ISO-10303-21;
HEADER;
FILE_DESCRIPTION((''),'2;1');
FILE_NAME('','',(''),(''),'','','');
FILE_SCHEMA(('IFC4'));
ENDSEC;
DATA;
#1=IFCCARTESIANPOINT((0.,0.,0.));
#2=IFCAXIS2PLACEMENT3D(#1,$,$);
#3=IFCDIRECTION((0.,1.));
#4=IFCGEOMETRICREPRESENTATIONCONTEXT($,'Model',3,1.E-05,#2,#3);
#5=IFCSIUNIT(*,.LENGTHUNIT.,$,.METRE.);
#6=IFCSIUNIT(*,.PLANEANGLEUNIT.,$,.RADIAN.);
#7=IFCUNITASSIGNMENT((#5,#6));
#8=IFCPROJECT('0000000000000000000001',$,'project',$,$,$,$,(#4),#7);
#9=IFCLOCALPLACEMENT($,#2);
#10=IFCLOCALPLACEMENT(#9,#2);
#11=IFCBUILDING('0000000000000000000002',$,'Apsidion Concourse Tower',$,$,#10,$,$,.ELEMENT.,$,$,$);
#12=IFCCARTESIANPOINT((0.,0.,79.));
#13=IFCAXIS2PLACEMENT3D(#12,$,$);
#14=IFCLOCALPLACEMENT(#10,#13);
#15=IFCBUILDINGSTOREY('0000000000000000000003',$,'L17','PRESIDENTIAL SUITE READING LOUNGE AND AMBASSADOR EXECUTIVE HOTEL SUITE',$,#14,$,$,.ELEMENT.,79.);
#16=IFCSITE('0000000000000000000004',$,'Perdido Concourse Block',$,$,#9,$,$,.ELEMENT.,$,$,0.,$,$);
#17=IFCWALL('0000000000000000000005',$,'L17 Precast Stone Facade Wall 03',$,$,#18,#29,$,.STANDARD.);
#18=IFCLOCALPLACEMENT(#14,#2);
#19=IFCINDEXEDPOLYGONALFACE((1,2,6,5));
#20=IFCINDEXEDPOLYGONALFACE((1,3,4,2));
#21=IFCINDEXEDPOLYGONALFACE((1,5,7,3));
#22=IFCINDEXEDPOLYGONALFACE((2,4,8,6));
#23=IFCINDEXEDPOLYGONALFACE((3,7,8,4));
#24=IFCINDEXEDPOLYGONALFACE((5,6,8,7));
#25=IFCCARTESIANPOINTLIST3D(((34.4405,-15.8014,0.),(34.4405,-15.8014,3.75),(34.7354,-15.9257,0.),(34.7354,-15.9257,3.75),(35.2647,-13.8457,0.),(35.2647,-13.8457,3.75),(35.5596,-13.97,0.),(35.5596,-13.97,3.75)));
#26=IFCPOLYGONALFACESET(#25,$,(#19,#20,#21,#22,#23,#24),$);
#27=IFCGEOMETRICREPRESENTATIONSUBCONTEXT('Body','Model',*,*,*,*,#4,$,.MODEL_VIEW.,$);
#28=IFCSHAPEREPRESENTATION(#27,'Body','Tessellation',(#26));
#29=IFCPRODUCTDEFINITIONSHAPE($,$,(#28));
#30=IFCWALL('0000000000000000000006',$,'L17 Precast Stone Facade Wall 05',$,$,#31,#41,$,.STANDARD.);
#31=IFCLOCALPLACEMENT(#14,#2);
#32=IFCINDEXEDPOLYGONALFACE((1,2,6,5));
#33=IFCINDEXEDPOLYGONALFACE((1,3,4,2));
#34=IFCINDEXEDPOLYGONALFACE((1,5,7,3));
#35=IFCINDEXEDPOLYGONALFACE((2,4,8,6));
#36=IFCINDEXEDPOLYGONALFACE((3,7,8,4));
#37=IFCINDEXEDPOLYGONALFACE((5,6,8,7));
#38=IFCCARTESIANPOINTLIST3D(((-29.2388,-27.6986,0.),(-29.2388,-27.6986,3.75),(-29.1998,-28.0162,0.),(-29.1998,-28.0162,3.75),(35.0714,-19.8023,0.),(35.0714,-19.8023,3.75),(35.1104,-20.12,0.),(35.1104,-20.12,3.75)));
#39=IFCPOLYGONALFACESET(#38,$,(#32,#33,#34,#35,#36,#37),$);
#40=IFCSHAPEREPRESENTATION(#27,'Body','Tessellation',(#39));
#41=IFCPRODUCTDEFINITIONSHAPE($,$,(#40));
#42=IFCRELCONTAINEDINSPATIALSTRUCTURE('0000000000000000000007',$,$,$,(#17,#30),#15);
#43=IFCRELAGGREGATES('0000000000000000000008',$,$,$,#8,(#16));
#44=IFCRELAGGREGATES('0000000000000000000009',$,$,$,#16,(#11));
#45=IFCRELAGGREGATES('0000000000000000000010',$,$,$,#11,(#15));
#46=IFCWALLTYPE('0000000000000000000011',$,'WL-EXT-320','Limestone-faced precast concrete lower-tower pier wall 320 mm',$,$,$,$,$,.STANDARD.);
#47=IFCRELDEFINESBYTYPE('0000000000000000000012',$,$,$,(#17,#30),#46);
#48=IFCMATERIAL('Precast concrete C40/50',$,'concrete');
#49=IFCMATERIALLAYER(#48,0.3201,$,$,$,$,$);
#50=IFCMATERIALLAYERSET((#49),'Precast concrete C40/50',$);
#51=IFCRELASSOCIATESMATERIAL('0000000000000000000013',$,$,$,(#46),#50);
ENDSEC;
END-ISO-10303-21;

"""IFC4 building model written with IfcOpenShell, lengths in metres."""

from ifc_helpers import new_model, si_unit, direction, frame, frame_2d, origin, place, context, subcontext, project, spatial, rectangle, extrude, material, layer, layer_set, type_object, element, save


model = new_model("IFC4")

# Units and contexts
model_context = context("Model", 3, precision=1e-05, world=origin(), true_north=direction((0.0, 1.0)))
body_context = subcontext(model_context, "Body", "Model", "MODEL_VIEW")
ifc_project = project(units=[si_unit("LENGTHUNIT", "METRE"), si_unit("PLANEANGLEUNIT", "RADIAN")], contexts=[model_context])

# Site, building, storey
site_placement = place(None, origin())
site = spatial("IfcSite", under=ifc_project, at=site_placement, Name="Perdido Concourse Block", CompositionType="ELEMENT", RefElevation=0.0)
building_placement = place(site_placement, origin())
building = spatial("IfcBuilding", under=site, at=building_placement, Name="Apsidion Concourse Tower", CompositionType="ELEMENT")
storey_placement = place(building_placement, frame((0.0, 0.0, 79.0)))
storey = spatial("IfcBuildingStorey", under=building, at=storey_placement, Name="L17", Description="PRESIDENTIAL SUITE READING LOUNGE AND AMBASSADOR EXECUTIVE HOTEL SUITE", CompositionType="ELEMENT", Elevation=79.0)

# Walls
ifc_material_1 = material(Name="Precast concrete C40/50", Category="concrete")
ifc_layer_1 = layer(ifc_material_1, 0.3201)
ifc_layer_set_1 = layer_set([ifc_layer_1], Name="Precast concrete C40/50")
wall_type = type_object("IfcWallType", Name="WL-EXT-320", Description="Limestone-faced precast concrete lower-tower pier wall 320 mm", PredefinedType="STANDARD", material=ifc_layer_set_1)
wall_1_placement = place(storey_placement, frame((35.4121, -13.908, 0.0), z_axis=(0.0, 0.0, 1.0), x_axis=(-0.388345, -0.921514, 0.0)))
element("IfcWall", 1, at=wall_1_placement, inside=storey, type_object=wall_type, Name="L17 Precast Stone Facade Wall 03", PredefinedType="STANDARD", context=body_context, shape_type="SweptSolid", body=[
    extrude(rectangle(XDim=2.1223, YDim=0.3201, at=frame_2d((1.061, 0.0))), origin(), (0.0, 0.0, 1.0), 3.75),
])
wall_2_placement = place(storey_placement, frame((35.0908, -19.9612, 0.0), z_axis=(0.0, 0.0, 1.0), x_axis=(-0.992546, -0.121868, 0.0)))
element("IfcWall", 2, at=wall_2_placement, inside=storey, type_object=wall_type, Name="L17 Precast Stone Facade Wall 05", PredefinedType="STANDARD", context=body_context, shape_type="SweptSolid", body=[
    extrude(rectangle(XDim=64.7932, YDim=0.3201, at=frame_2d((32.3965, 0.0))), origin(), (0.0, 0.0, 1.0), 3.75),
])

save(model, "model.ifc")
